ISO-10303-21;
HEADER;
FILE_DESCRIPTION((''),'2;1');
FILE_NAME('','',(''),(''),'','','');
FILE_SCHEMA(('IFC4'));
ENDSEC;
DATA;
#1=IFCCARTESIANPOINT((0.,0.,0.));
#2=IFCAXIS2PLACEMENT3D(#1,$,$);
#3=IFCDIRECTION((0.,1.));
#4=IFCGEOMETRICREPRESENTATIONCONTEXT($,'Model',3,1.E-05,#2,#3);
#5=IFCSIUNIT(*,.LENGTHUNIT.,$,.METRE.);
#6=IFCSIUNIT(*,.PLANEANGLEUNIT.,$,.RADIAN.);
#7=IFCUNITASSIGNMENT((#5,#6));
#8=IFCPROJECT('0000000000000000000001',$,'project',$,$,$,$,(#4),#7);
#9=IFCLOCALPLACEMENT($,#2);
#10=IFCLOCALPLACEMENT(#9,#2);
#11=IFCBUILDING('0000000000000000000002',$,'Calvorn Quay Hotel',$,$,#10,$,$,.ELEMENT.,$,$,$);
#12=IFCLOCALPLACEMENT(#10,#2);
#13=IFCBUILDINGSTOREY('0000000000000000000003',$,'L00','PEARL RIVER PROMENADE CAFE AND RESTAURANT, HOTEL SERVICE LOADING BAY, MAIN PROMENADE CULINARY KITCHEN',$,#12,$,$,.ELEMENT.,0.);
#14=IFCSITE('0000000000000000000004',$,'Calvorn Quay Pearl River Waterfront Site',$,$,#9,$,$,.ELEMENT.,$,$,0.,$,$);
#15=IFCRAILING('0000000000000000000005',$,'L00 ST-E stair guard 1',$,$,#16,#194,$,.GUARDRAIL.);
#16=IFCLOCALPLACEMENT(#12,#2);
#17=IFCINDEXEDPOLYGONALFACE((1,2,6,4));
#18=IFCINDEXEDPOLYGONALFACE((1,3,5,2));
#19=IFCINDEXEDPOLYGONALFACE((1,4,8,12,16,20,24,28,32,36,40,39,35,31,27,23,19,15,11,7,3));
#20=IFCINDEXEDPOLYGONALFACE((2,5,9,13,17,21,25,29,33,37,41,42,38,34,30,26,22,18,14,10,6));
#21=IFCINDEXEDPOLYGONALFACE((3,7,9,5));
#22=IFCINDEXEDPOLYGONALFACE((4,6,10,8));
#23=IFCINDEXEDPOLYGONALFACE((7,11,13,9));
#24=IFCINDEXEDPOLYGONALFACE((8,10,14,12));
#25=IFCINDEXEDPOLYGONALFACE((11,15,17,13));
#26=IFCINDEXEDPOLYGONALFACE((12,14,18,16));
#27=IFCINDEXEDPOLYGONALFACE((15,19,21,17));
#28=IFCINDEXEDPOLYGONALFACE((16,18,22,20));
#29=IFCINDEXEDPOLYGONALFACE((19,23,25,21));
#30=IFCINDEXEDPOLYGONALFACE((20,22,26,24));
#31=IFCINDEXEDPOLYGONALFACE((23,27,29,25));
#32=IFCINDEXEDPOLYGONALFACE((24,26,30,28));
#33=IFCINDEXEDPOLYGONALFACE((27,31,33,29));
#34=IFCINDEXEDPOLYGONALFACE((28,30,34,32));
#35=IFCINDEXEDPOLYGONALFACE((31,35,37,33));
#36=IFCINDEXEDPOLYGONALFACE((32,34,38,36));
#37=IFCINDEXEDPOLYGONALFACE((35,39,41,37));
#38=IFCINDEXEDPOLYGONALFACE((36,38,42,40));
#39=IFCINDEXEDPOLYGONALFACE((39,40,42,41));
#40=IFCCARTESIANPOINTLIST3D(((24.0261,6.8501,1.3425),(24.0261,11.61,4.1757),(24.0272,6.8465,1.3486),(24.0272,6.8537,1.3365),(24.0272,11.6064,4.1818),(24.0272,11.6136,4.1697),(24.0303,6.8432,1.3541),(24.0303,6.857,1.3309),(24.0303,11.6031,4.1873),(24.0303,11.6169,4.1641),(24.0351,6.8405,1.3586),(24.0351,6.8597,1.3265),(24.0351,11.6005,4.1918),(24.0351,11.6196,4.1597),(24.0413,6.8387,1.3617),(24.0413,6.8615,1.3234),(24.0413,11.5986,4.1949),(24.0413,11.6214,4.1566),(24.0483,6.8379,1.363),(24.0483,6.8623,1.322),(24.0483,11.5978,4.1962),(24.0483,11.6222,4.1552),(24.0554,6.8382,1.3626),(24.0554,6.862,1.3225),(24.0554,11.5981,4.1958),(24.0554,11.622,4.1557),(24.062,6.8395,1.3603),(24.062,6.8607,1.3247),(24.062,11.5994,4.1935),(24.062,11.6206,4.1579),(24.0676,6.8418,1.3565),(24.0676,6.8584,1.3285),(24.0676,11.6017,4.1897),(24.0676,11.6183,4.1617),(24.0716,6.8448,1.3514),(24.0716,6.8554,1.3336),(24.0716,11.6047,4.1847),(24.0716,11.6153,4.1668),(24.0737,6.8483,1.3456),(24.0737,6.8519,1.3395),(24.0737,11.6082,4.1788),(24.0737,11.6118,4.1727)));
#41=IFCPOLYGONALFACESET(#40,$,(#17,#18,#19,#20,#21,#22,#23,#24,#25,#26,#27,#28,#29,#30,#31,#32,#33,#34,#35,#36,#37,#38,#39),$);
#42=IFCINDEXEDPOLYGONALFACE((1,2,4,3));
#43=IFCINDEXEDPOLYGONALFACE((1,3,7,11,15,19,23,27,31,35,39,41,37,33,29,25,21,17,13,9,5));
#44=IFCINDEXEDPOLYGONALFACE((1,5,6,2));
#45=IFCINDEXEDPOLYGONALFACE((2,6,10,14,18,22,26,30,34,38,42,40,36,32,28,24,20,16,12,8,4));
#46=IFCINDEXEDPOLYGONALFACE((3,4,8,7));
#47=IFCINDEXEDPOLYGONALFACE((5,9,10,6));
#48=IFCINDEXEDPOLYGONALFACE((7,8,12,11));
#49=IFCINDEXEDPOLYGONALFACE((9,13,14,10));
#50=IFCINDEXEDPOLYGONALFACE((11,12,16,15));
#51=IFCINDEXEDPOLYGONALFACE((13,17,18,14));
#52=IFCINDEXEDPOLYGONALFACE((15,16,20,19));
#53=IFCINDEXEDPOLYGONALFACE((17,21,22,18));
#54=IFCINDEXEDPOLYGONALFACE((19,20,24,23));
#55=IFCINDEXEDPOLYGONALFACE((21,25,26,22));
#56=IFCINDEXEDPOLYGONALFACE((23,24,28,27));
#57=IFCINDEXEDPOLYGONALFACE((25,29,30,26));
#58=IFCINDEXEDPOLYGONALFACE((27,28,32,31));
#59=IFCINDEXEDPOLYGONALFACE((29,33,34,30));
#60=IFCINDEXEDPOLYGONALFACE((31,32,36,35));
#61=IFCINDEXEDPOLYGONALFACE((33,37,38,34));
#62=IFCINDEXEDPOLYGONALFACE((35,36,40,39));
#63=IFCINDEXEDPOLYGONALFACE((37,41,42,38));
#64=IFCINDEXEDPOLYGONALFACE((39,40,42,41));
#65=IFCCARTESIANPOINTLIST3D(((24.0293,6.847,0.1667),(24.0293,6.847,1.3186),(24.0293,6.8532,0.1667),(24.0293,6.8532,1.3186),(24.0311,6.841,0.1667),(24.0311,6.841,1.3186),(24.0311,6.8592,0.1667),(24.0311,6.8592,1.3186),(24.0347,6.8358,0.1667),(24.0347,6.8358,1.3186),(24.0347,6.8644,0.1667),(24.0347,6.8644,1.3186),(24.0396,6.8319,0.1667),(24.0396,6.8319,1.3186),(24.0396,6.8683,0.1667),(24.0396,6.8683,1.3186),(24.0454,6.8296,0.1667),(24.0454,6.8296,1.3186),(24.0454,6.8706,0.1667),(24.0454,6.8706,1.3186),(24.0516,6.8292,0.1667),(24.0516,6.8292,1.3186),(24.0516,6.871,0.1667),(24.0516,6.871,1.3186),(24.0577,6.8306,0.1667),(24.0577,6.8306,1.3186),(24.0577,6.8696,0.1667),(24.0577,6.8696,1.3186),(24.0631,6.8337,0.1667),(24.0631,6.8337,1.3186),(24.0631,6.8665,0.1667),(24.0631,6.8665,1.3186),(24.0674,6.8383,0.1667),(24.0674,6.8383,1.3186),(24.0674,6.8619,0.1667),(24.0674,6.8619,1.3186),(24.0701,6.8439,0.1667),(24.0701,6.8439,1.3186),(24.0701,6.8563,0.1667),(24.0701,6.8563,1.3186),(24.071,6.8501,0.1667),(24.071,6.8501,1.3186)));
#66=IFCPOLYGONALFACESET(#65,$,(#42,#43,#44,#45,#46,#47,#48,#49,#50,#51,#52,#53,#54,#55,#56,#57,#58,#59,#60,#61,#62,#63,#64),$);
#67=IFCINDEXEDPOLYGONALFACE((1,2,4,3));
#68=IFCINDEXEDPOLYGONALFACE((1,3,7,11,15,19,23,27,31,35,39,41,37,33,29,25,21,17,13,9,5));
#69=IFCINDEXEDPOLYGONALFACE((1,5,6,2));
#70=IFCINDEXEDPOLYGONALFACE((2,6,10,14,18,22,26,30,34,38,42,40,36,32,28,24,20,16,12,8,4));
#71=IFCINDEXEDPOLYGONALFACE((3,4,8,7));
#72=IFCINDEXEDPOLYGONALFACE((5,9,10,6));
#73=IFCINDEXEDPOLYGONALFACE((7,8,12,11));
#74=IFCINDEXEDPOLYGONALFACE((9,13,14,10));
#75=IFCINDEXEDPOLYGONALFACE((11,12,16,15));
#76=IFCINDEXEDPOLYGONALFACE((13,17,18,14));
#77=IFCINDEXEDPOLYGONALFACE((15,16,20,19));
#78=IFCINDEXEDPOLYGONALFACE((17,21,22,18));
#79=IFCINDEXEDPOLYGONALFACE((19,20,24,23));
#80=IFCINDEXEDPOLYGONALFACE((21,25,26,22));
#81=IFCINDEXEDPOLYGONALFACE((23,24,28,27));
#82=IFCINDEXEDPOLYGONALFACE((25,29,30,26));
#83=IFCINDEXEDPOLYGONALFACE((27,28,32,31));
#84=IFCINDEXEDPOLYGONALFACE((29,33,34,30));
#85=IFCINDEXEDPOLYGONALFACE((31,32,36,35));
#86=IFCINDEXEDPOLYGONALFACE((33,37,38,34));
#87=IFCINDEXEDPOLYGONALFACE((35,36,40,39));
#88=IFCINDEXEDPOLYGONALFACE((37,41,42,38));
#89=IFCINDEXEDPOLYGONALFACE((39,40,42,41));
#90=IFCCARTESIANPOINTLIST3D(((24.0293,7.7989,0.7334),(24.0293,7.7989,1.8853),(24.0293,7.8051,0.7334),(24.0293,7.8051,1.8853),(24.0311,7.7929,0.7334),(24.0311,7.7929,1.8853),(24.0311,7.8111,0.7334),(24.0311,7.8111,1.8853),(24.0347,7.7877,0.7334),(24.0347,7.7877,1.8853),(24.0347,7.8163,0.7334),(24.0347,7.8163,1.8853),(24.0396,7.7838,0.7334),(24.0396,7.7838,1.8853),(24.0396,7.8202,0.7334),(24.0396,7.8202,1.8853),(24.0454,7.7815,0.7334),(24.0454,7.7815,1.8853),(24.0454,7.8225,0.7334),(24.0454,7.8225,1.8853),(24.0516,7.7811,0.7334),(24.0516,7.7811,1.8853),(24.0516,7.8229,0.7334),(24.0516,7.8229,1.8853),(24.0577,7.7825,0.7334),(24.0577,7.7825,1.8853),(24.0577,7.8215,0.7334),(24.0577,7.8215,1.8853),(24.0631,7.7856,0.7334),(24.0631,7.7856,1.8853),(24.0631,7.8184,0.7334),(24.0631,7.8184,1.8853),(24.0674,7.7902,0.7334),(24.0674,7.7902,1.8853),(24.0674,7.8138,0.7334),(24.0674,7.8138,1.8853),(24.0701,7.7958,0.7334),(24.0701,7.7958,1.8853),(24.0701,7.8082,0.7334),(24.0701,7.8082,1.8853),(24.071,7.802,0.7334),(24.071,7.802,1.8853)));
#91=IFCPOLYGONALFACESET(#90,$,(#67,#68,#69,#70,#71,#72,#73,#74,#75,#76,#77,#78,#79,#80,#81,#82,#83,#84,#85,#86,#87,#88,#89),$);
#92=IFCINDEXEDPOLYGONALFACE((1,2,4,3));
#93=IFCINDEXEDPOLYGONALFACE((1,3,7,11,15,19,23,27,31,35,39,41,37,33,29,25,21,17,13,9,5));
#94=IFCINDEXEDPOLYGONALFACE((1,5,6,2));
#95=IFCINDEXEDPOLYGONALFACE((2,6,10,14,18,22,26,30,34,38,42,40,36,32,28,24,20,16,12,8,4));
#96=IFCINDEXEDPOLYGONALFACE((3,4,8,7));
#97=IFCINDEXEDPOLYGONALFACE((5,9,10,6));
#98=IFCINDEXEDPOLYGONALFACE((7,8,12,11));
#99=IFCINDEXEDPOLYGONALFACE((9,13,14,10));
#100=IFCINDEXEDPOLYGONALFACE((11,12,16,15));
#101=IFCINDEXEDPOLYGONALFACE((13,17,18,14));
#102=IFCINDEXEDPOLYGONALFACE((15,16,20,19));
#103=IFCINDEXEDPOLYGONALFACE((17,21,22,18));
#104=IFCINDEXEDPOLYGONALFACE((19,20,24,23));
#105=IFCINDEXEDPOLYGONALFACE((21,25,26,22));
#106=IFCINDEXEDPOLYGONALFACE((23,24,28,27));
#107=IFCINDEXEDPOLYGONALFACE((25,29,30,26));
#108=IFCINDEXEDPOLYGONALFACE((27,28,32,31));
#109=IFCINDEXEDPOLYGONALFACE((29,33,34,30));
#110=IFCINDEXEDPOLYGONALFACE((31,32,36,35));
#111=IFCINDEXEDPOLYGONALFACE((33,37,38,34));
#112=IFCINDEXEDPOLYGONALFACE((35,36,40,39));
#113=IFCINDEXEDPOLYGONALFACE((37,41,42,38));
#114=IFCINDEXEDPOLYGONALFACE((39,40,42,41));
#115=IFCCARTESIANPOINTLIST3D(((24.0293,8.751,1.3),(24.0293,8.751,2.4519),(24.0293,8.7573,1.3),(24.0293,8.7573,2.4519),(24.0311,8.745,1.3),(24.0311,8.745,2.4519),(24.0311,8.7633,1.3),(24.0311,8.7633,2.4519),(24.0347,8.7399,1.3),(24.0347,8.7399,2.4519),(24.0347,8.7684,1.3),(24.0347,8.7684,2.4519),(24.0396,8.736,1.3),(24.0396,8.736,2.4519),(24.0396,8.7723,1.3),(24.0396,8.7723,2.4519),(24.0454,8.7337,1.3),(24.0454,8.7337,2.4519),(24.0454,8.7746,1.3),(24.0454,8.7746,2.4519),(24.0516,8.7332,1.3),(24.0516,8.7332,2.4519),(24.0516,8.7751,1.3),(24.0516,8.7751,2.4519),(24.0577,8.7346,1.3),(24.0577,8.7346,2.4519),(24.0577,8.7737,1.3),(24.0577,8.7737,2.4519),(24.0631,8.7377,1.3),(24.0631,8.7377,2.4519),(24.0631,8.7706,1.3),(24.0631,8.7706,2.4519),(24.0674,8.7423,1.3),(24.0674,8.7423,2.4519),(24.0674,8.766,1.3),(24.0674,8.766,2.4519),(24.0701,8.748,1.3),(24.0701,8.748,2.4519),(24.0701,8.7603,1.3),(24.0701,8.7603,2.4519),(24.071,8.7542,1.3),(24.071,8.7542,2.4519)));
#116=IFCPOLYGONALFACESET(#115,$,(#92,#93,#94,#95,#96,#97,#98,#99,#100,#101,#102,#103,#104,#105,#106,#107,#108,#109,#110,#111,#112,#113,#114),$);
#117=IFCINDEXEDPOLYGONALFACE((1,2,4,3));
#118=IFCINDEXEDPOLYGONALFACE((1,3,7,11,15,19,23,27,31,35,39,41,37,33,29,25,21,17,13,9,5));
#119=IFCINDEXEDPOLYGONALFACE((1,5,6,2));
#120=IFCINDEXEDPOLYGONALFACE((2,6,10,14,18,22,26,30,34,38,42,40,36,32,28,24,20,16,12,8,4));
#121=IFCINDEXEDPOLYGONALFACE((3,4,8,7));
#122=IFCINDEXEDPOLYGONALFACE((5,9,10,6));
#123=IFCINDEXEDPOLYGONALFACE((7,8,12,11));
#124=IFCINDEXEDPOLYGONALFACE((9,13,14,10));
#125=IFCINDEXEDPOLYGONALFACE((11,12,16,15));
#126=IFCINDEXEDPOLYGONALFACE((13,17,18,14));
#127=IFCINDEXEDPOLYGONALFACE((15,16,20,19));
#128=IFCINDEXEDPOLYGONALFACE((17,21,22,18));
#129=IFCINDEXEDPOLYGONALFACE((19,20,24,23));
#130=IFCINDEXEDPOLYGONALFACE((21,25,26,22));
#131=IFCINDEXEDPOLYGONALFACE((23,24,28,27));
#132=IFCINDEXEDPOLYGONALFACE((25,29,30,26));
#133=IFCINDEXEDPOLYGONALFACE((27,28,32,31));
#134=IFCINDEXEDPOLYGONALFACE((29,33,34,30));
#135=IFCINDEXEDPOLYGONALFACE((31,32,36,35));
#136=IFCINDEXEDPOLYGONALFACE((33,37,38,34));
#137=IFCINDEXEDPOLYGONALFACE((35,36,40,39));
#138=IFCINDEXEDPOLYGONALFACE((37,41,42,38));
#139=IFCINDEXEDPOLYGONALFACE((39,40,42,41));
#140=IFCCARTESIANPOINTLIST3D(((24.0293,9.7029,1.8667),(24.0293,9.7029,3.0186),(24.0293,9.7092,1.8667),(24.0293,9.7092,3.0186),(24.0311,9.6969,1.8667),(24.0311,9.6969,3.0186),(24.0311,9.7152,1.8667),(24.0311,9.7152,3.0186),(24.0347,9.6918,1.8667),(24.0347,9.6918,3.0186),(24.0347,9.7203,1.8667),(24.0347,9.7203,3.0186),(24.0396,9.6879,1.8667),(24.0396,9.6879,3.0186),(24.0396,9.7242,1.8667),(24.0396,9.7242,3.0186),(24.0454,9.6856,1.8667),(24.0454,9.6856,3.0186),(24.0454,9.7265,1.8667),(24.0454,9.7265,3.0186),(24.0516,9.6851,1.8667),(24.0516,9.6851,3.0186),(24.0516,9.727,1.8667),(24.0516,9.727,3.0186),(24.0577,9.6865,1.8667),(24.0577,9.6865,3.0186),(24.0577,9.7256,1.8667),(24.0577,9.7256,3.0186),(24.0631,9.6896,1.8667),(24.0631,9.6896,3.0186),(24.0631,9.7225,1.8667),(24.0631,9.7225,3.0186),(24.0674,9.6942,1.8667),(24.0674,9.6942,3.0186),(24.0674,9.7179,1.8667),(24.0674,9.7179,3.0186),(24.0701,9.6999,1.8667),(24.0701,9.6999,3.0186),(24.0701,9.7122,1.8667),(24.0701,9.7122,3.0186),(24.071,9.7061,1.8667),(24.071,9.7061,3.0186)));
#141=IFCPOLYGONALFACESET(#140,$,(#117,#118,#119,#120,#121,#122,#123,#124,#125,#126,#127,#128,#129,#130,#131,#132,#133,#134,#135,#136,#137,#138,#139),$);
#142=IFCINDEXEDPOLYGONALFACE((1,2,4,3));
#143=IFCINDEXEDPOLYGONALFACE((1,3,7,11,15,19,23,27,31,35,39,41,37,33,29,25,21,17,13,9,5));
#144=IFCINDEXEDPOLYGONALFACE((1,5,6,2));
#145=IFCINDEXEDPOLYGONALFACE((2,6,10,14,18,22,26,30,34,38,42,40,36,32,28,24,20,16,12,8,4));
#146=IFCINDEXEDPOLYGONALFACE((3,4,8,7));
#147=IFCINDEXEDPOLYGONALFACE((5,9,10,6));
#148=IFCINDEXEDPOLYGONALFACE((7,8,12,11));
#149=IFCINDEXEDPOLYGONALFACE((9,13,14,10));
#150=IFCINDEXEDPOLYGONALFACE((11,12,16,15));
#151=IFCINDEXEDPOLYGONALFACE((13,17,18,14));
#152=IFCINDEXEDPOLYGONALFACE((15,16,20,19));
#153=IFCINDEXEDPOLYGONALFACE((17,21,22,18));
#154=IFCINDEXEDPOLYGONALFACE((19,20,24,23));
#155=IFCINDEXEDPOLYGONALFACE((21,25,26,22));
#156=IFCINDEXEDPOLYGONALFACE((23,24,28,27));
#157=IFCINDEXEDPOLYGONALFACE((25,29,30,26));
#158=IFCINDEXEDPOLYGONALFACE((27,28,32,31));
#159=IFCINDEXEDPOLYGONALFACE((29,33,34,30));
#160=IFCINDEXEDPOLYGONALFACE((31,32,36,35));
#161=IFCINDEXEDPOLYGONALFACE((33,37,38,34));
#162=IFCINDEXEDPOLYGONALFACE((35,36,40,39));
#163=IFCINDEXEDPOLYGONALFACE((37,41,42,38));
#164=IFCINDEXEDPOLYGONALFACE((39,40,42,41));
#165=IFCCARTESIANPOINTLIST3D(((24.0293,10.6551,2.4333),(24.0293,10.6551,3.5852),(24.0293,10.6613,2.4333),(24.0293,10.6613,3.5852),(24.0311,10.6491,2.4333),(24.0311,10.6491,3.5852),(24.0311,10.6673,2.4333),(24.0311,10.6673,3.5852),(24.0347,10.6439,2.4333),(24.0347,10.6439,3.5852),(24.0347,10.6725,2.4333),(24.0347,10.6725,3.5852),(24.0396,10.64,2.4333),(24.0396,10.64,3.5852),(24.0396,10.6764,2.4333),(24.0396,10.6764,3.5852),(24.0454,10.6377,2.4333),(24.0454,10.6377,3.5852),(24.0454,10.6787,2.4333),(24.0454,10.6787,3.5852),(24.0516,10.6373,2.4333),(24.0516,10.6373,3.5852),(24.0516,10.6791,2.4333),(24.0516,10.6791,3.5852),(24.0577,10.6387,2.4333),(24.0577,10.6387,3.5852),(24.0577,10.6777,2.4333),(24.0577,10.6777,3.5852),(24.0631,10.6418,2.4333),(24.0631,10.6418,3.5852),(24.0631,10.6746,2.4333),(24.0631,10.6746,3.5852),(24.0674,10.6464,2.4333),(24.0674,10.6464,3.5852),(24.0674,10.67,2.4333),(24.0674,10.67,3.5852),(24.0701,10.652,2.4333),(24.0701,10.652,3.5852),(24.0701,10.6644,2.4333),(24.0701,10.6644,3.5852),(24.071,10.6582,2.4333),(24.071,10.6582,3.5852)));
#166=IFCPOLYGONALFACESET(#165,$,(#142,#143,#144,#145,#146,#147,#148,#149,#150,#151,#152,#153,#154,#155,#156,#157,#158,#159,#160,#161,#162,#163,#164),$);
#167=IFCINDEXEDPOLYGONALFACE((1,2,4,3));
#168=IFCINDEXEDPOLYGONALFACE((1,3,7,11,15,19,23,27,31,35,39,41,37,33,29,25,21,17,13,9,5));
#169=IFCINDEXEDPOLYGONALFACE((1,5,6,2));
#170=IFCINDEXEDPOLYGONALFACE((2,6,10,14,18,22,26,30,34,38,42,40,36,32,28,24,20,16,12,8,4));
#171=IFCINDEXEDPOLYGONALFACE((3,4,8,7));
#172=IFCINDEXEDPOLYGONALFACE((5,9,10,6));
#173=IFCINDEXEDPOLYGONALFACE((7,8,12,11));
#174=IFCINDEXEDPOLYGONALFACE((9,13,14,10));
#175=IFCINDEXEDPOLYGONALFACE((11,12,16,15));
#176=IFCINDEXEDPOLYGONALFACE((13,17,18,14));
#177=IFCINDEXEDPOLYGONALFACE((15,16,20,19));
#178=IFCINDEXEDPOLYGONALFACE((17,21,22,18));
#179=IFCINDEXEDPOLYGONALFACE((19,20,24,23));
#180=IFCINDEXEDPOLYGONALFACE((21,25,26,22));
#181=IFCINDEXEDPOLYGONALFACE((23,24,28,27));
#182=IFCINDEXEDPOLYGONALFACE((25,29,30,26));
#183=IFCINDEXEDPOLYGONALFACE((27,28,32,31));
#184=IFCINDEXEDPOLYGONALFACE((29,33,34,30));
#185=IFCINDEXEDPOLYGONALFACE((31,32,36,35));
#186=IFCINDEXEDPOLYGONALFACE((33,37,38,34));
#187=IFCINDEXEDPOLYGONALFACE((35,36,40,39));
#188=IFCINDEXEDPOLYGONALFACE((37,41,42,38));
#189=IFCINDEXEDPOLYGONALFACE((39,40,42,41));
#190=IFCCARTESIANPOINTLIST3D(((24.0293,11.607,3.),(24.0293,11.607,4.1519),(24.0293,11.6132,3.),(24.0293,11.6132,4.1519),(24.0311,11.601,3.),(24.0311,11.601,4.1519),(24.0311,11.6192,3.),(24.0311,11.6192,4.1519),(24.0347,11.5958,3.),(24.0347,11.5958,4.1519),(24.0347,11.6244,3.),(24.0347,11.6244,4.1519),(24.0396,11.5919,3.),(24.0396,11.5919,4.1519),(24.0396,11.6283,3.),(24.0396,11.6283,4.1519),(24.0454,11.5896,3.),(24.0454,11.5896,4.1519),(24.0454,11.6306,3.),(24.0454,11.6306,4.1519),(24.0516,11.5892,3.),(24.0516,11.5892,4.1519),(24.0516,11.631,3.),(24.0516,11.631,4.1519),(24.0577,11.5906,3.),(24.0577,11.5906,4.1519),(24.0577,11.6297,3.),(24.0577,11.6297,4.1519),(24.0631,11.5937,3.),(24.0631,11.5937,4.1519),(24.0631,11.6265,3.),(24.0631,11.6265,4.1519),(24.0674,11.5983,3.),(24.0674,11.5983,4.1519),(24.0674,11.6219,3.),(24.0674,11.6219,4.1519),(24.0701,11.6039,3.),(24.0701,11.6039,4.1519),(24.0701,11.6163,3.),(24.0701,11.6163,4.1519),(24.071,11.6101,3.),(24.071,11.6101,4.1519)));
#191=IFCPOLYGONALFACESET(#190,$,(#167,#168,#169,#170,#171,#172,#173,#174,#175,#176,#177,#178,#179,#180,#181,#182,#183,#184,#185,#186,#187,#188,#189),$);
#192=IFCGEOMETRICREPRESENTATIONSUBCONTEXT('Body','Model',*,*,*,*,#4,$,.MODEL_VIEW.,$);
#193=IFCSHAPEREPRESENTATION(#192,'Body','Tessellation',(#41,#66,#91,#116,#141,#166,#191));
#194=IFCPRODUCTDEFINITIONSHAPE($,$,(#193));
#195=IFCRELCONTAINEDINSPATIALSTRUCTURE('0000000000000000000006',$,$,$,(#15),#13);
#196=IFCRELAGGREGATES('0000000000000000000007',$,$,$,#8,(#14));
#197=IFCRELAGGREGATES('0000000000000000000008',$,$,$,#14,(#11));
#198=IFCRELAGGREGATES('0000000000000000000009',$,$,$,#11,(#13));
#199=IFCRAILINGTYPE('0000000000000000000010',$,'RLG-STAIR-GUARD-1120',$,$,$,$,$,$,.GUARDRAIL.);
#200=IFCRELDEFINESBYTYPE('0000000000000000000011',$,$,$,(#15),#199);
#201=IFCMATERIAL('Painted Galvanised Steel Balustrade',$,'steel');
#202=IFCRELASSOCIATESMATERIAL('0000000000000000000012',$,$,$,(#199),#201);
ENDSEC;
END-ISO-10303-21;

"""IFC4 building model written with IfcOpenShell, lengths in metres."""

from ifc_helpers import new_model, si_unit, direction, frame, origin, origin_2d, place, context, subcontext, project, spatial, circle, extrude, material, type_object, element, save


model = new_model("IFC4")

# Units and contexts
model_context = context("Model", 3, precision=1e-05, world=origin(), true_north=direction((0.0, 1.0)))
body_context = subcontext(model_context, "Body", "Model", "MODEL_VIEW")
ifc_project = project(units=[si_unit("LENGTHUNIT", "METRE"), si_unit("PLANEANGLEUNIT", "RADIAN")], contexts=[model_context])

# Site, building, storey
site_placement = place(None, origin())
site = spatial("IfcSite", under=ifc_project, at=site_placement, Name="Calvorn Quay Pearl River Waterfront Site", CompositionType="ELEMENT", RefElevation=0.0)
building_placement = place(site_placement, origin())
building = spatial("IfcBuilding", under=site, at=building_placement, Name="Calvorn Quay Hotel", CompositionType="ELEMENT")
storey_placement = place(building_placement, origin())
storey = spatial("IfcBuildingStorey", under=building, at=storey_placement, Name="L00", Description="PEARL RIVER PROMENADE CAFE AND RESTAURANT, HOTEL SERVICE LOADING BAY, MAIN PROMENADE CULINARY KITCHEN", CompositionType="ELEMENT", Elevation=0.0)

# Railing
ifc_material_1 = material(Name="Painted Galvanised Steel Balustrade", Category="steel")
railing_type_1 = type_object("IfcRailingType", Name="RLG-STAIR-GUARD-1120", PredefinedType="GUARDRAIL", material=ifc_material_1)
railing_1_placement = place(storey_placement, frame((24.05, 6.8501, 0.1667)))
element("IfcRailing", 1, at=railing_1_placement, inside=storey, type_object=railing_type_1, Name="L00 ST-E stair guard 1", PredefinedType="GUARDRAIL", context=body_context, shape_type="SweptSolid", body=[
    extrude(circle(Radius=0.0239, at=origin_2d()), frame((0.0, 0.0, 1.1758), z_axis=(0.0, 0.8593, 0.511472), x_axis=(-1.0, 0.0, 0.0)), (0.0, 0.0, 1.0), 5.5393),
    extrude(circle(Radius=0.021, at=origin_2d()), origin(), (0.0, 0.0, 1.0), 1.1519),
    extrude(circle(Radius=0.021, at=origin_2d()), frame((0.0, 0.9519, 0.5667)), (0.0, 0.0, 1.0), 1.1519),
    extrude(circle(Radius=0.021, at=origin_2d()), frame((0.0, 1.9041, 1.1333)), (0.0, 0.0, 1.0), 1.1519),
    extrude(circle(Radius=0.021, at=origin_2d()), frame((0.0, 2.856, 1.7)), (0.0, 0.0, 1.0), 1.1519),
    extrude(circle(Radius=0.021, at=origin_2d()), frame((0.0, 3.8081, 2.2666)), (0.0, 0.0, 1.0), 1.1519),
    extrude(circle(Radius=0.021, at=origin_2d()), frame((0.0, 4.76, 2.8333)), (0.0, 0.0, 1.0), 1.1519),
])

save(model, "model.ifc")
